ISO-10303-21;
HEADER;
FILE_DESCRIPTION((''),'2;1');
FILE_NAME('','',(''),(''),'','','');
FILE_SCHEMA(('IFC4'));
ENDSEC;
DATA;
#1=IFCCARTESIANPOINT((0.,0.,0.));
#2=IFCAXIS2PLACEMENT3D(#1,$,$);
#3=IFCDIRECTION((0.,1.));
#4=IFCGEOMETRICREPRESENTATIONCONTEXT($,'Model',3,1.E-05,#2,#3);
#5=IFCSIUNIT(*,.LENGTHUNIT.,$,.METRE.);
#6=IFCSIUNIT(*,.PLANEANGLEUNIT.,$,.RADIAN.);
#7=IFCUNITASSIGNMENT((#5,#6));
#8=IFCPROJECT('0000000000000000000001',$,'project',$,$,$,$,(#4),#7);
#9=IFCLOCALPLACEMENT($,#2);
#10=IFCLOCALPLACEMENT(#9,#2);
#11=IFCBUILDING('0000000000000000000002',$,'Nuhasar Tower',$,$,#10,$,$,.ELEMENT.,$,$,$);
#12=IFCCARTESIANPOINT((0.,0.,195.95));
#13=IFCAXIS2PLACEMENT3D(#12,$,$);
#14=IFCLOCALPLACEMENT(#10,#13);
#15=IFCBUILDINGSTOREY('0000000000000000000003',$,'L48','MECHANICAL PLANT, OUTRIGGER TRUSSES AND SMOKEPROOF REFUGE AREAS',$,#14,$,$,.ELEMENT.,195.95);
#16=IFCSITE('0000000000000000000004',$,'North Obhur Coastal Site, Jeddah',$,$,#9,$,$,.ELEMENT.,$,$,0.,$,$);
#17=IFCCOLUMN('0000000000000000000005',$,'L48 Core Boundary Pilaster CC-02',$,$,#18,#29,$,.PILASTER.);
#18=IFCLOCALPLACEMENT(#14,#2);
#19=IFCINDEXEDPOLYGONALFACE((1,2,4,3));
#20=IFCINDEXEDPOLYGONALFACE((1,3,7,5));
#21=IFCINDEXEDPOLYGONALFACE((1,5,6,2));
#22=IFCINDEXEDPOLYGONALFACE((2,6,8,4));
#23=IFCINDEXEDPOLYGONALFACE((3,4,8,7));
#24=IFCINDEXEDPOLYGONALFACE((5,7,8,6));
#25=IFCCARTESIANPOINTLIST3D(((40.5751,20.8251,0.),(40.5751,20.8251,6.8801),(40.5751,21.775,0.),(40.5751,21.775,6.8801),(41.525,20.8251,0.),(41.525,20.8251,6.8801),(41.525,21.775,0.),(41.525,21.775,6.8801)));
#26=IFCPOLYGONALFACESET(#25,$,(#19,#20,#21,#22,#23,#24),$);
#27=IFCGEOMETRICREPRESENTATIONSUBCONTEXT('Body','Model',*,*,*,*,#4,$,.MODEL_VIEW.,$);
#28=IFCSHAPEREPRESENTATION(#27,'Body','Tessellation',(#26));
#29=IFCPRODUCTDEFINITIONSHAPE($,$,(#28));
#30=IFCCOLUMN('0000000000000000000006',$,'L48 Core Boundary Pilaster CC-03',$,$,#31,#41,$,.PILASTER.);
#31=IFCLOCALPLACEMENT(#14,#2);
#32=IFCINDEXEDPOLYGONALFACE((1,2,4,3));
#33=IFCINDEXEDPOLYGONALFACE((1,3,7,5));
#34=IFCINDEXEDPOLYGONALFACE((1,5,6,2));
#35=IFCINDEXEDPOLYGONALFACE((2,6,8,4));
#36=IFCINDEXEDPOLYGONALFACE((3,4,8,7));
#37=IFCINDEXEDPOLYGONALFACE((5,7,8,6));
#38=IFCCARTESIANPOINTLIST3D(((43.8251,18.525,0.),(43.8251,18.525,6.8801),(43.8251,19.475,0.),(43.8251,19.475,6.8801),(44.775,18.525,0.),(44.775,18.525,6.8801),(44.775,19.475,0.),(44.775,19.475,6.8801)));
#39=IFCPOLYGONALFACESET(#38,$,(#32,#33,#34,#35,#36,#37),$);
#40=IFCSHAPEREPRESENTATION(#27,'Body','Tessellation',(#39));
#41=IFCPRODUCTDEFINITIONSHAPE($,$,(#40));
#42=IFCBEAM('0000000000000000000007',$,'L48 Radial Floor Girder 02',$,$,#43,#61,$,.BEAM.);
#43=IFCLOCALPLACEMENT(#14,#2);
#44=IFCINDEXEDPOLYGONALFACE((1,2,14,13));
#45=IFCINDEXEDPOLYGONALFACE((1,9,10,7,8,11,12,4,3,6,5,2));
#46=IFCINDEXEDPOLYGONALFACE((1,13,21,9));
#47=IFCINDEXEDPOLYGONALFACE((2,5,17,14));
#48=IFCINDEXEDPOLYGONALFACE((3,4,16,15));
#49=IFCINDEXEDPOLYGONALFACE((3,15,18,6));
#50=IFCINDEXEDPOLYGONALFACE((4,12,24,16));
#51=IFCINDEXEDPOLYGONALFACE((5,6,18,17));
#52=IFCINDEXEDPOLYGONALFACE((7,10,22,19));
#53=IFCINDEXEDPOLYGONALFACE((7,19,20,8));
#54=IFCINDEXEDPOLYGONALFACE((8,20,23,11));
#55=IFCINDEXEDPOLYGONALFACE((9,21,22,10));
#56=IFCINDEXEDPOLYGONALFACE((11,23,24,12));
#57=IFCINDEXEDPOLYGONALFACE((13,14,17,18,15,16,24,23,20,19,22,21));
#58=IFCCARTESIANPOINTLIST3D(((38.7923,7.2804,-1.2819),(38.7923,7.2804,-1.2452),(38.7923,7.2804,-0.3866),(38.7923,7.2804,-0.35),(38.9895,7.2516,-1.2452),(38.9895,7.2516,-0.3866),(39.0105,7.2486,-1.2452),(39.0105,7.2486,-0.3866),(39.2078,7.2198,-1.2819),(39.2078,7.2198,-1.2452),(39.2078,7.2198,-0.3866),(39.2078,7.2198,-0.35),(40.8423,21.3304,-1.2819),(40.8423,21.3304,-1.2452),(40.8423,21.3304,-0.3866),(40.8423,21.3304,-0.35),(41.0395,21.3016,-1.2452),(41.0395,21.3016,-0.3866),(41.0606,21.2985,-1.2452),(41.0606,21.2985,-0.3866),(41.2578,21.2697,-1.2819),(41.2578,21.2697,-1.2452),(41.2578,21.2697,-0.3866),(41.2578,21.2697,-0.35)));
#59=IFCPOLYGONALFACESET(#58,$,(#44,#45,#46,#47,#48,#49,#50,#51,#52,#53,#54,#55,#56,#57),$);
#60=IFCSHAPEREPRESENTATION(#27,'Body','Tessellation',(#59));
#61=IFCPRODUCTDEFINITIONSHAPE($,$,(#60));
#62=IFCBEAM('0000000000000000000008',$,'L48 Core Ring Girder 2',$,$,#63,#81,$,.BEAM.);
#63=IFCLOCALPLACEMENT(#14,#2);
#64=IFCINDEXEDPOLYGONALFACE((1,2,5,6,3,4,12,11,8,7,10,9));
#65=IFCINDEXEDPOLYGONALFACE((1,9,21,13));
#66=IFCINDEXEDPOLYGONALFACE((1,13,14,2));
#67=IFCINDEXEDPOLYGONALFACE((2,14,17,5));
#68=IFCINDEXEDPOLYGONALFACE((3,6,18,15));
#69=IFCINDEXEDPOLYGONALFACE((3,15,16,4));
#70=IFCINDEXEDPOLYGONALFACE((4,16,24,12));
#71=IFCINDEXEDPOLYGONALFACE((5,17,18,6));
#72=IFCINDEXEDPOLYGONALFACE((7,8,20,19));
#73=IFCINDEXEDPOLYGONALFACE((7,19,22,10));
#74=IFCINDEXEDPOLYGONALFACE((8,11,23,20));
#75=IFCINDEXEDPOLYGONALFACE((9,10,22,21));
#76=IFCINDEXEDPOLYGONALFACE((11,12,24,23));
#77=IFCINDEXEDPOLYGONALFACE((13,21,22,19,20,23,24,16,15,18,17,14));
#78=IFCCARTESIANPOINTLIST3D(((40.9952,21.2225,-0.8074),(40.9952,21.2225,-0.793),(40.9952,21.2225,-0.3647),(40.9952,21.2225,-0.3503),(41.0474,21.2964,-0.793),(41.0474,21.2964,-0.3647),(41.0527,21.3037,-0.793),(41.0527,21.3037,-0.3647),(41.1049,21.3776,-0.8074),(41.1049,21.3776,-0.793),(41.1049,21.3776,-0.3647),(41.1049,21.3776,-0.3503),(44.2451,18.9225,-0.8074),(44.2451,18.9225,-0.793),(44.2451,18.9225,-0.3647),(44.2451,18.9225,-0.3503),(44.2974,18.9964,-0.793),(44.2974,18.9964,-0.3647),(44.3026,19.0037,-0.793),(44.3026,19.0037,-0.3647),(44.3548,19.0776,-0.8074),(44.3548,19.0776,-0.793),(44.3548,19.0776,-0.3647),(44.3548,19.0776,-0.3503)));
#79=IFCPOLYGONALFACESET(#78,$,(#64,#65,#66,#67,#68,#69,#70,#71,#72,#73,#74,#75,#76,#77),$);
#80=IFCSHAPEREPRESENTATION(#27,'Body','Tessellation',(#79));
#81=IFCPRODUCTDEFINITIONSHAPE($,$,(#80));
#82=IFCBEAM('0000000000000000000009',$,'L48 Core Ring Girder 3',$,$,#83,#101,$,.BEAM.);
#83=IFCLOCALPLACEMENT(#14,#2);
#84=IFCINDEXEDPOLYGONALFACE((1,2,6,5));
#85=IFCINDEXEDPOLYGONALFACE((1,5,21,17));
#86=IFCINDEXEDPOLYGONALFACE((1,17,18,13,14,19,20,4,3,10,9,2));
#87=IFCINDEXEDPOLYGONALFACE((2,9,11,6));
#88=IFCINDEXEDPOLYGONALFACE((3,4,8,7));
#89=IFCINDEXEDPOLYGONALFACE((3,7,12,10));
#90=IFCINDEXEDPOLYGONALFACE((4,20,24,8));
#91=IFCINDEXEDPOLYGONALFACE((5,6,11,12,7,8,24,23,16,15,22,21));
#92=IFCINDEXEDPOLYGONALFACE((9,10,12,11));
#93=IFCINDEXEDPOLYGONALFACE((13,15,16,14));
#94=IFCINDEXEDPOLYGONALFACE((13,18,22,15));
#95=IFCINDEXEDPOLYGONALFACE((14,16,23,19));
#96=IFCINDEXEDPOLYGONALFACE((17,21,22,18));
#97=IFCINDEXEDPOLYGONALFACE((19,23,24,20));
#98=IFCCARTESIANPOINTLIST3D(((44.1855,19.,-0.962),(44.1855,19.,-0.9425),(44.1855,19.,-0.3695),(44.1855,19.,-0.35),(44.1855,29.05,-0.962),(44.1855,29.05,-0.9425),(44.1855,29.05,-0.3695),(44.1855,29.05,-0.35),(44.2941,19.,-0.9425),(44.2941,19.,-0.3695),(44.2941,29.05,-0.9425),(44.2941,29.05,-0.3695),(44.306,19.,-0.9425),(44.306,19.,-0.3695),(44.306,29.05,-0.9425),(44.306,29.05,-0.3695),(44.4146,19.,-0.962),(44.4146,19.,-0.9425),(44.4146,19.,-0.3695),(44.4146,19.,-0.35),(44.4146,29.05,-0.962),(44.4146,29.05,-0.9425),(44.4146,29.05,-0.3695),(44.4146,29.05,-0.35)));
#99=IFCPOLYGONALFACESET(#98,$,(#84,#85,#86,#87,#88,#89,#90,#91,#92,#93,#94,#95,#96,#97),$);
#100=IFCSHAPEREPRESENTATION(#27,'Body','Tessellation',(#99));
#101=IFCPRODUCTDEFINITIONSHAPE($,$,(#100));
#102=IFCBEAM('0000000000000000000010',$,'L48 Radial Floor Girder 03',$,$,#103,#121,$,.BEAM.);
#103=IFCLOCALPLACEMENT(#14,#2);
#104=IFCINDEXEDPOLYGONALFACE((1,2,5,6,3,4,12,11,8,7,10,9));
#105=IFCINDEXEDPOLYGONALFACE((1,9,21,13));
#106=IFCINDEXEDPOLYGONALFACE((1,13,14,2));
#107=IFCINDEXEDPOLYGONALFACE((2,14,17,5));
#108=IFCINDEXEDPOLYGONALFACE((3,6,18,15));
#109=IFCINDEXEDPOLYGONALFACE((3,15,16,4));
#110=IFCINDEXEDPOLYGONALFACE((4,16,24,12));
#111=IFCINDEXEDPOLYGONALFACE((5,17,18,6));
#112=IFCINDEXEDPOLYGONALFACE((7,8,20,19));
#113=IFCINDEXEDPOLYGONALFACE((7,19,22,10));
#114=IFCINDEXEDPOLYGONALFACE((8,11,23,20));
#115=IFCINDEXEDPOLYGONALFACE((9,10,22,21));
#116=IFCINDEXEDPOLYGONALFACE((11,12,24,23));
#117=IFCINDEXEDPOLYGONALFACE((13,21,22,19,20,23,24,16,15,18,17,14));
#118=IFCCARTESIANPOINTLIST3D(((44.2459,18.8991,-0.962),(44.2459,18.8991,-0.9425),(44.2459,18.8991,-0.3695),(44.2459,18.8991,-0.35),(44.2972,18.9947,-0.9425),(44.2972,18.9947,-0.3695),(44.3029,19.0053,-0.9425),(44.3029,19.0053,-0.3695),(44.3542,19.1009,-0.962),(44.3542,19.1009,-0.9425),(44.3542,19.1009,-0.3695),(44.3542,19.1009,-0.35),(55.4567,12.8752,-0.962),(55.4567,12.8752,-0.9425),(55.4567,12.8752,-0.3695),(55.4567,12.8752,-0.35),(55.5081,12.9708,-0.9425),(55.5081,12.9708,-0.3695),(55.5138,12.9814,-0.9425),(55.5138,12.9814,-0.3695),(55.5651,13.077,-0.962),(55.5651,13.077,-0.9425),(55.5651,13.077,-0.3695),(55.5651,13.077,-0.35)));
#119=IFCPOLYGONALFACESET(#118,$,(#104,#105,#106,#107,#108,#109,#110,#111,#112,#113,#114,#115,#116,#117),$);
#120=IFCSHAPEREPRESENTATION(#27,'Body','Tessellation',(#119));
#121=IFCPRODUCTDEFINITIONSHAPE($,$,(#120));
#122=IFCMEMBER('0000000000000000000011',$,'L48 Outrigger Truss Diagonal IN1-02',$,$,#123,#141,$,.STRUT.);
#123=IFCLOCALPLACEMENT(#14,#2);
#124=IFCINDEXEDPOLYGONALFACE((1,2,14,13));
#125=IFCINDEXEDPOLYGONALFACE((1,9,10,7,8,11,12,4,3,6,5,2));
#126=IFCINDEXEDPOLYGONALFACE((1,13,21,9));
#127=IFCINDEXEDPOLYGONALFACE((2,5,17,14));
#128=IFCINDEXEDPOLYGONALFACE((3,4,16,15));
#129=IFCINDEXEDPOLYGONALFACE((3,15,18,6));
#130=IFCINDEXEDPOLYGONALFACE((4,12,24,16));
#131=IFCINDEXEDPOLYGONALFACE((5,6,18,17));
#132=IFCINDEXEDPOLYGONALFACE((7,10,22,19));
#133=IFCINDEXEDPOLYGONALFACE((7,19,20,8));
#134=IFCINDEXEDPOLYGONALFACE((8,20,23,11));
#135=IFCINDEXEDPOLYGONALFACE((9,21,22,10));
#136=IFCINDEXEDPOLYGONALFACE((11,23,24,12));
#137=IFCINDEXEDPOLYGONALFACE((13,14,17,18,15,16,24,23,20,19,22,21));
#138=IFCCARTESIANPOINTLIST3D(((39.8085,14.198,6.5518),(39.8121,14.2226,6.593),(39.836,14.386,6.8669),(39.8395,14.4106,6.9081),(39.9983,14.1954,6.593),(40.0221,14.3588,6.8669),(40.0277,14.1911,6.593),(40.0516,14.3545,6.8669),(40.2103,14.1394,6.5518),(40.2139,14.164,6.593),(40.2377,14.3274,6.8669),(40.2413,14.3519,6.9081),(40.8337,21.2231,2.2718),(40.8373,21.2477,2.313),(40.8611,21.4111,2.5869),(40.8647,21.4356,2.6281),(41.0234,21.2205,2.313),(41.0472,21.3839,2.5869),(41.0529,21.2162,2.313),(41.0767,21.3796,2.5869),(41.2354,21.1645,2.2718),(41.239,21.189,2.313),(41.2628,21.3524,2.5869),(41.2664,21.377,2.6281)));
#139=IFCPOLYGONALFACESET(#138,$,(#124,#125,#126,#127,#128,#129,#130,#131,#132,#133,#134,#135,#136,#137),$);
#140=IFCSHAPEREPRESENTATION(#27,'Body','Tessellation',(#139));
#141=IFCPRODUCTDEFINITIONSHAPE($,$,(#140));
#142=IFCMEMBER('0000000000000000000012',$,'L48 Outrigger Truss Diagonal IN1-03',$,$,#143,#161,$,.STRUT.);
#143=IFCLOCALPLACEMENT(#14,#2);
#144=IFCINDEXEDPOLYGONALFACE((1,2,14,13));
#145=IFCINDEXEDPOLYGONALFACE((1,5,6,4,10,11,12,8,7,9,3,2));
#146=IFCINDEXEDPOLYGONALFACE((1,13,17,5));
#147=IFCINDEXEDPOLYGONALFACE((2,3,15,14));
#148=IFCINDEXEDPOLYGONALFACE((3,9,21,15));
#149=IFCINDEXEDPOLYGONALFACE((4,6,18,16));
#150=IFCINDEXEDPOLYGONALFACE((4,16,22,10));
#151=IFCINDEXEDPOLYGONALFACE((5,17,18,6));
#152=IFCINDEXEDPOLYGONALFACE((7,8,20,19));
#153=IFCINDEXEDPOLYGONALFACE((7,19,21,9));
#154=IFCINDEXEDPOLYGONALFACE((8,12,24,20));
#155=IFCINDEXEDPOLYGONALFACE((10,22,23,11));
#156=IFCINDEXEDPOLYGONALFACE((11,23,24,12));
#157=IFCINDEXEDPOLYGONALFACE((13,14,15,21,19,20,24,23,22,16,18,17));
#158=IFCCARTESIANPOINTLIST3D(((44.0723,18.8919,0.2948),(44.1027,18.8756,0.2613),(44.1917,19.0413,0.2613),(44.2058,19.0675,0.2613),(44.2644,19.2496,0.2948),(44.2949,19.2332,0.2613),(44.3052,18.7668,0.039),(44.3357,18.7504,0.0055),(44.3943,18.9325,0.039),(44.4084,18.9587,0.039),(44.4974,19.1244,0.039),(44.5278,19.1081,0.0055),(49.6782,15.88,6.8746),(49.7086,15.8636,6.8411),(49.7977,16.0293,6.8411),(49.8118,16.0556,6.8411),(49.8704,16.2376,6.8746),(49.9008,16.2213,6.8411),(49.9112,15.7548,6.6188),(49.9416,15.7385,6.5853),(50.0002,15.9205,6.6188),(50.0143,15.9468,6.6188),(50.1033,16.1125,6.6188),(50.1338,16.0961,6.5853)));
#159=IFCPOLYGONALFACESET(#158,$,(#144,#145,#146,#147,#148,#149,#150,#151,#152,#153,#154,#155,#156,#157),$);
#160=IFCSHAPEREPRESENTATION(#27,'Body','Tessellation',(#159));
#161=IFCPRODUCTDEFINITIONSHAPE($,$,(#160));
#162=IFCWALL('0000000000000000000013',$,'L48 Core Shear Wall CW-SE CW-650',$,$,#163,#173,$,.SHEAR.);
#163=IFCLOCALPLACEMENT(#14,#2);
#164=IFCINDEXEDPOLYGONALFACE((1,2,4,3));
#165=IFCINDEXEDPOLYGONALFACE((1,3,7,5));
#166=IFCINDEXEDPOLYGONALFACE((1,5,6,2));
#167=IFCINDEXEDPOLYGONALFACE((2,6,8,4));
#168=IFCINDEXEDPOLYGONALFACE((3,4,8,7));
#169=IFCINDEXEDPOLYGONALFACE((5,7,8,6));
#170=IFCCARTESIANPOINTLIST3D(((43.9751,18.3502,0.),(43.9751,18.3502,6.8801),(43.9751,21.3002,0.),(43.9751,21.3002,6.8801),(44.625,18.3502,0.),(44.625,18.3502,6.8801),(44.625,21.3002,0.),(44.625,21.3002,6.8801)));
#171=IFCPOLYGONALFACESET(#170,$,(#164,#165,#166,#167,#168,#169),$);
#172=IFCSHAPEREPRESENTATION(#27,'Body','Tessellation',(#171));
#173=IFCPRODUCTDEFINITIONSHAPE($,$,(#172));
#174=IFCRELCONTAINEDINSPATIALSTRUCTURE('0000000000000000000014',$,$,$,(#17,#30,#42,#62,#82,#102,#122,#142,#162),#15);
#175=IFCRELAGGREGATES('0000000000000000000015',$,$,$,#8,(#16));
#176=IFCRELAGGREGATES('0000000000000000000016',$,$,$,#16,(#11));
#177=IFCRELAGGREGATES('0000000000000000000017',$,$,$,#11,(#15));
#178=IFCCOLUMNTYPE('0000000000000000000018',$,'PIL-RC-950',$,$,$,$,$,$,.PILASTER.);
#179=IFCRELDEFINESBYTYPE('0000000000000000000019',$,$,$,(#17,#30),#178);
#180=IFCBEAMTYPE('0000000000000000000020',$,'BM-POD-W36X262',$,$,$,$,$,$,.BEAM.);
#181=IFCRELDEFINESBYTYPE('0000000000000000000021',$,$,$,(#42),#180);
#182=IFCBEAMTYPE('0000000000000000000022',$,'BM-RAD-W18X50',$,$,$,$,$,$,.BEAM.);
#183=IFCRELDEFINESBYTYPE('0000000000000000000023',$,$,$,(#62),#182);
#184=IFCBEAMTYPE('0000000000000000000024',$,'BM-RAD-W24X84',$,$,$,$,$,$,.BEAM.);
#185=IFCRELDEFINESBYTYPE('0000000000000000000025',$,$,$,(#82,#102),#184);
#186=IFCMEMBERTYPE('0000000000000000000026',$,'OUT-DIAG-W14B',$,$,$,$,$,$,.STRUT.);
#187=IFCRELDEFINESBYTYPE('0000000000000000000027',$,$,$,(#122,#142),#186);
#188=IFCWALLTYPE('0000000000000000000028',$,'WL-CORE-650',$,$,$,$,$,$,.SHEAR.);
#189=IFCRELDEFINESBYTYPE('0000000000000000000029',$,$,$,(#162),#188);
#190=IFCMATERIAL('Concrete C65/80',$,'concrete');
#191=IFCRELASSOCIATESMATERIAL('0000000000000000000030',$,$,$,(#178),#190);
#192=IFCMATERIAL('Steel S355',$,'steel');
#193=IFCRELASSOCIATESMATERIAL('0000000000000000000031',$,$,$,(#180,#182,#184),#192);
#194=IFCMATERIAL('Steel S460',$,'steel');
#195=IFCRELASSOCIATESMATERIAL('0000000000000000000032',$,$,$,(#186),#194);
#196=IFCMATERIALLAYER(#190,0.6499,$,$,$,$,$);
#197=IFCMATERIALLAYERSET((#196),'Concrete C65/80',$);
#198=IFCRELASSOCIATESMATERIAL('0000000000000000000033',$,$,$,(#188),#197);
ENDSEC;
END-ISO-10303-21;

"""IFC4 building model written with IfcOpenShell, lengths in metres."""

from ifc_helpers import new_model, si_unit, direction, frame, frame_2d, origin, origin_2d, place, context, subcontext, project, spatial, rectangle, i_section, extrude, material, layer, layer_set, material_profile, profile_set, type_object, element, save


model = new_model("IFC4")

# Units and contexts
model_context = context("Model", 3, precision=1e-05, world=origin(), true_north=direction((0.0, 1.0)))
body_context = subcontext(model_context, "Body", "Model", "MODEL_VIEW")
ifc_project = project(units=[si_unit("LENGTHUNIT", "METRE"), si_unit("PLANEANGLEUNIT", "RADIAN")], contexts=[model_context])

# Site, building, storey
site_placement = place(None, origin())
site = spatial("IfcSite", under=ifc_project, at=site_placement, Name="North Obhur Coastal Site, Jeddah", CompositionType="ELEMENT", RefElevation=0.0)
building_placement = place(site_placement, origin())
building = spatial("IfcBuilding", under=site, at=building_placement, Name="Nuhasar Tower", CompositionType="ELEMENT")
storey_placement = place(building_placement, frame((0.0, 0.0, 195.95)))
storey = spatial("IfcBuildingStorey", under=building, at=storey_placement, Name="L48", Description="MECHANICAL PLANT, OUTRIGGER TRUSSES AND SMOKEPROOF REFUGE AREAS", CompositionType="ELEMENT", Elevation=195.95)

# Columns
ifc_material_1 = material(Name="Concrete C65/80", Category="concrete")
ifc_material_profile_1 = material_profile(ifc_material_1, rectangle(XDim=0.95, YDim=0.95, at=origin_2d()), Name="RC950X950")
ifc_profile_set_1 = profile_set([ifc_material_profile_1], Name="Concrete C65/80")
column_type = type_object("IfcColumnType", Name="PIL-RC-950", PredefinedType="PILASTER", material=ifc_profile_set_1)
for number, where, z_axis, x_axis, name in (
    (1, (41.05, 21.3, 0.0), (0.0, 0.0, 1.0), (1.0, 0.0, 0.0), "L48 Core Boundary Pilaster CC-02"),
    (2, (44.3, 19.0, 0.0), (0.0, 0.0, 1.0), (1.0, 0.0, 0.0), "L48 Core Boundary Pilaster CC-03"),
):
    element("IfcColumn", number, at=place(storey_placement, frame(where, z_axis=z_axis, x_axis=x_axis)), inside=storey, type_object=column_type, Name=name, PredefinedType="PILASTER", context=body_context, shape_type="SweptSolid", body=[
        extrude(rectangle(XDim=0.95, YDim=0.95, at=origin_2d()), origin(), (0.0, 0.0, 1.0), 6.8801),
    ])

# Beams
ifc_material_2 = material(Name="Steel S355", Category="steel")
ifc_material_profile_2 = material_profile(ifc_material_2, i_section(OverallWidth=0.4199, OverallDepth=0.9319, WebThickness=0.0212, FlangeThickness=0.0366, at=origin_2d()), Name="W36X262")
ifc_profile_set_2 = profile_set([ifc_material_profile_2], Name="Steel S355")
beam_type_1 = type_object("IfcBeamType", Name="BM-POD-W36X262", PredefinedType="BEAM", material=ifc_profile_set_2)
beam_1_placement = place(storey_placement, frame((41.05, 21.3, -0.8159), z_axis=(-0.144382, -0.989522, 0.0), x_axis=(0.989522, -0.144382, 0.0)))
element("IfcBeam", 3, at=beam_1_placement, inside=storey, type_object=beam_type_1, Name="L48 Radial Floor Girder 02", PredefinedType="BEAM", context=body_context, shape_type="SweptSolid", body=[
    extrude(i_section(OverallWidth=0.4199, OverallDepth=0.9319, WebThickness=0.0212, FlangeThickness=0.0366, at=origin_2d()), origin(), (0.0, 0.0, 1.0), 14.1987),
])
ifc_material_profile_3 = material_profile(ifc_material_2, i_section(OverallWidth=0.1899, OverallDepth=0.457, WebThickness=0.009, FlangeThickness=0.0144, at=origin_2d()), Name="W18X50")
ifc_profile_set_3 = profile_set([ifc_material_profile_3], Name="Steel S355")
beam_type_2 = type_object("IfcBeamType", Name="BM-RAD-W18X50", PredefinedType="BEAM", material=ifc_profile_set_3)
beam_2_placement = place(storey_placement, frame((41.05, 21.3, -0.5789), z_axis=(0.816265, -0.577677, 0.0), x_axis=(0.577677, 0.816265, 0.0)))
element("IfcBeam", 4, at=beam_2_placement, inside=storey, type_object=beam_type_2, Name="L48 Core Ring Girder 2", PredefinedType="BEAM", context=body_context, shape_type="SweptSolid", body=[
    extrude(i_section(OverallWidth=0.1899, OverallDepth=0.457, WebThickness=0.009, FlangeThickness=0.0144, at=origin_2d()), origin(), (0.0, 0.0, 1.0), 3.9814),
])
ifc_material_profile_4 = material_profile(ifc_material_2, i_section(OverallWidth=0.229, OverallDepth=0.6121, WebThickness=0.012, FlangeThickness=0.0195, at=origin_2d()), Name="W24X84")
ifc_profile_set_4 = profile_set([ifc_material_profile_4], Name="Steel S355")
beam_type_3 = type_object("IfcBeamType", Name="BM-RAD-W24X84", PredefinedType="BEAM", material=ifc_profile_set_4)
beam_3_placement = place(storey_placement, frame((44.3, 19.0, -0.656), z_axis=(0.0, 1.0, 0.0), x_axis=(-1.0, 0.0, 0.0)))
element("IfcBeam", 5, at=beam_3_placement, inside=storey, type_object=beam_type_3, Name="L48 Core Ring Girder 3", PredefinedType="BEAM", context=body_context, shape_type="SweptSolid", body=[
    extrude(i_section(OverallWidth=0.229, OverallDepth=0.6121, WebThickness=0.012, FlangeThickness=0.0195, at=origin_2d()), origin(), (0.0, 0.0, 1.0), 10.05),
])
beam_4_placement = place(storey_placement, frame((44.3, 19.0, -0.656), z_axis=(0.880888, -0.473324, 0.0), x_axis=(0.473324, 0.880888, 0.0)))
element("IfcBeam", 6, at=beam_4_placement, inside=storey, type_object=beam_type_3, Name="L48 Radial Floor Girder 03", PredefinedType="BEAM", context=body_context, shape_type="SweptSolid", body=[
    extrude(i_section(OverallWidth=0.229, OverallDepth=0.6121, WebThickness=0.012, FlangeThickness=0.0195, at=origin_2d()), origin(), (0.0, 0.0, 1.0), 12.7268),
])

# Members
ifc_material_3 = material(Name="Steel S460", Category="steel")
ifc_material_profile_5 = material_profile(ifc_material_3, i_section(OverallWidth=0.406, OverallDepth=0.416, WebThickness=0.0298, FlangeThickness=0.0481, at=origin_2d()), Name="W14X257")
ifc_profile_set_5 = profile_set([ifc_material_profile_5], Name="Steel S460")
member_type = type_object("IfcMemberType", Name="OUT-DIAG-W14B", PredefinedType="STRUT", material=ifc_profile_set_5)
member_1_placement = place(storey_placement, frame((41.05, 21.3, 2.45), z_axis=(-0.123662, -0.847436, 0.516295), x_axis=(0.98952, -0.144396, 0.0)))
element("IfcMember", 7, at=member_1_placement, inside=storey, type_object=member_type, Name="L48 Outrigger Truss Diagonal IN1-02", PredefinedType="STRUT", context=body_context, shape_type="SweptSolid", body=[
    extrude(i_section(OverallWidth=0.406, OverallDepth=0.416, WebThickness=0.0298, FlangeThickness=0.0481, at=origin_2d()), origin(), (0.0, 0.0, 1.0), 8.2898),
])
member_2_placement = place(storey_placement, frame((44.3, 19.0, 0.1501), z_axis=(0.612416, -0.329038, 0.718805), x_axis=(0.473292, 0.880906, 0.0)))
element("IfcMember", 8, at=member_2_placement, inside=storey, type_object=member_type, Name="L48 Outrigger Truss Diagonal IN1-03", PredefinedType="STRUT", context=body_context, shape_type="SweptSolid", body=[
    extrude(i_section(OverallWidth=0.406, OverallDepth=0.416, WebThickness=0.0298, FlangeThickness=0.0481, at=origin_2d()), origin(), (0.0, 0.0, 1.0), 9.1538),
])

# Wall
ifc_layer_1 = layer(ifc_material_1, 0.6499)
ifc_layer_set_1 = layer_set([ifc_layer_1], Name="Concrete C65/80")
wall_type_1 = type_object("IfcWallType", Name="WL-CORE-650", PredefinedType="SHEAR", material=ifc_layer_set_1)
wall_1_placement = place(storey_placement, frame((44.3, 18.3501, 0.0), z_axis=(0.0, 0.0, 1.0), x_axis=(0.0, 1.0, 0.0)))
element("IfcWall", 9, at=wall_1_placement, inside=storey, type_object=wall_type_1, Name="L48 Core Shear Wall CW-SE CW-650", PredefinedType="SHEAR", context=body_context, shape_type="SweptSolid", body=[
    extrude(rectangle(XDim=2.95, YDim=0.6499, at=frame_2d((1.4751, 0.0))), origin(), (0.0, 0.0, 1.0), 6.8801),
])

save(model, "model.ifc")
